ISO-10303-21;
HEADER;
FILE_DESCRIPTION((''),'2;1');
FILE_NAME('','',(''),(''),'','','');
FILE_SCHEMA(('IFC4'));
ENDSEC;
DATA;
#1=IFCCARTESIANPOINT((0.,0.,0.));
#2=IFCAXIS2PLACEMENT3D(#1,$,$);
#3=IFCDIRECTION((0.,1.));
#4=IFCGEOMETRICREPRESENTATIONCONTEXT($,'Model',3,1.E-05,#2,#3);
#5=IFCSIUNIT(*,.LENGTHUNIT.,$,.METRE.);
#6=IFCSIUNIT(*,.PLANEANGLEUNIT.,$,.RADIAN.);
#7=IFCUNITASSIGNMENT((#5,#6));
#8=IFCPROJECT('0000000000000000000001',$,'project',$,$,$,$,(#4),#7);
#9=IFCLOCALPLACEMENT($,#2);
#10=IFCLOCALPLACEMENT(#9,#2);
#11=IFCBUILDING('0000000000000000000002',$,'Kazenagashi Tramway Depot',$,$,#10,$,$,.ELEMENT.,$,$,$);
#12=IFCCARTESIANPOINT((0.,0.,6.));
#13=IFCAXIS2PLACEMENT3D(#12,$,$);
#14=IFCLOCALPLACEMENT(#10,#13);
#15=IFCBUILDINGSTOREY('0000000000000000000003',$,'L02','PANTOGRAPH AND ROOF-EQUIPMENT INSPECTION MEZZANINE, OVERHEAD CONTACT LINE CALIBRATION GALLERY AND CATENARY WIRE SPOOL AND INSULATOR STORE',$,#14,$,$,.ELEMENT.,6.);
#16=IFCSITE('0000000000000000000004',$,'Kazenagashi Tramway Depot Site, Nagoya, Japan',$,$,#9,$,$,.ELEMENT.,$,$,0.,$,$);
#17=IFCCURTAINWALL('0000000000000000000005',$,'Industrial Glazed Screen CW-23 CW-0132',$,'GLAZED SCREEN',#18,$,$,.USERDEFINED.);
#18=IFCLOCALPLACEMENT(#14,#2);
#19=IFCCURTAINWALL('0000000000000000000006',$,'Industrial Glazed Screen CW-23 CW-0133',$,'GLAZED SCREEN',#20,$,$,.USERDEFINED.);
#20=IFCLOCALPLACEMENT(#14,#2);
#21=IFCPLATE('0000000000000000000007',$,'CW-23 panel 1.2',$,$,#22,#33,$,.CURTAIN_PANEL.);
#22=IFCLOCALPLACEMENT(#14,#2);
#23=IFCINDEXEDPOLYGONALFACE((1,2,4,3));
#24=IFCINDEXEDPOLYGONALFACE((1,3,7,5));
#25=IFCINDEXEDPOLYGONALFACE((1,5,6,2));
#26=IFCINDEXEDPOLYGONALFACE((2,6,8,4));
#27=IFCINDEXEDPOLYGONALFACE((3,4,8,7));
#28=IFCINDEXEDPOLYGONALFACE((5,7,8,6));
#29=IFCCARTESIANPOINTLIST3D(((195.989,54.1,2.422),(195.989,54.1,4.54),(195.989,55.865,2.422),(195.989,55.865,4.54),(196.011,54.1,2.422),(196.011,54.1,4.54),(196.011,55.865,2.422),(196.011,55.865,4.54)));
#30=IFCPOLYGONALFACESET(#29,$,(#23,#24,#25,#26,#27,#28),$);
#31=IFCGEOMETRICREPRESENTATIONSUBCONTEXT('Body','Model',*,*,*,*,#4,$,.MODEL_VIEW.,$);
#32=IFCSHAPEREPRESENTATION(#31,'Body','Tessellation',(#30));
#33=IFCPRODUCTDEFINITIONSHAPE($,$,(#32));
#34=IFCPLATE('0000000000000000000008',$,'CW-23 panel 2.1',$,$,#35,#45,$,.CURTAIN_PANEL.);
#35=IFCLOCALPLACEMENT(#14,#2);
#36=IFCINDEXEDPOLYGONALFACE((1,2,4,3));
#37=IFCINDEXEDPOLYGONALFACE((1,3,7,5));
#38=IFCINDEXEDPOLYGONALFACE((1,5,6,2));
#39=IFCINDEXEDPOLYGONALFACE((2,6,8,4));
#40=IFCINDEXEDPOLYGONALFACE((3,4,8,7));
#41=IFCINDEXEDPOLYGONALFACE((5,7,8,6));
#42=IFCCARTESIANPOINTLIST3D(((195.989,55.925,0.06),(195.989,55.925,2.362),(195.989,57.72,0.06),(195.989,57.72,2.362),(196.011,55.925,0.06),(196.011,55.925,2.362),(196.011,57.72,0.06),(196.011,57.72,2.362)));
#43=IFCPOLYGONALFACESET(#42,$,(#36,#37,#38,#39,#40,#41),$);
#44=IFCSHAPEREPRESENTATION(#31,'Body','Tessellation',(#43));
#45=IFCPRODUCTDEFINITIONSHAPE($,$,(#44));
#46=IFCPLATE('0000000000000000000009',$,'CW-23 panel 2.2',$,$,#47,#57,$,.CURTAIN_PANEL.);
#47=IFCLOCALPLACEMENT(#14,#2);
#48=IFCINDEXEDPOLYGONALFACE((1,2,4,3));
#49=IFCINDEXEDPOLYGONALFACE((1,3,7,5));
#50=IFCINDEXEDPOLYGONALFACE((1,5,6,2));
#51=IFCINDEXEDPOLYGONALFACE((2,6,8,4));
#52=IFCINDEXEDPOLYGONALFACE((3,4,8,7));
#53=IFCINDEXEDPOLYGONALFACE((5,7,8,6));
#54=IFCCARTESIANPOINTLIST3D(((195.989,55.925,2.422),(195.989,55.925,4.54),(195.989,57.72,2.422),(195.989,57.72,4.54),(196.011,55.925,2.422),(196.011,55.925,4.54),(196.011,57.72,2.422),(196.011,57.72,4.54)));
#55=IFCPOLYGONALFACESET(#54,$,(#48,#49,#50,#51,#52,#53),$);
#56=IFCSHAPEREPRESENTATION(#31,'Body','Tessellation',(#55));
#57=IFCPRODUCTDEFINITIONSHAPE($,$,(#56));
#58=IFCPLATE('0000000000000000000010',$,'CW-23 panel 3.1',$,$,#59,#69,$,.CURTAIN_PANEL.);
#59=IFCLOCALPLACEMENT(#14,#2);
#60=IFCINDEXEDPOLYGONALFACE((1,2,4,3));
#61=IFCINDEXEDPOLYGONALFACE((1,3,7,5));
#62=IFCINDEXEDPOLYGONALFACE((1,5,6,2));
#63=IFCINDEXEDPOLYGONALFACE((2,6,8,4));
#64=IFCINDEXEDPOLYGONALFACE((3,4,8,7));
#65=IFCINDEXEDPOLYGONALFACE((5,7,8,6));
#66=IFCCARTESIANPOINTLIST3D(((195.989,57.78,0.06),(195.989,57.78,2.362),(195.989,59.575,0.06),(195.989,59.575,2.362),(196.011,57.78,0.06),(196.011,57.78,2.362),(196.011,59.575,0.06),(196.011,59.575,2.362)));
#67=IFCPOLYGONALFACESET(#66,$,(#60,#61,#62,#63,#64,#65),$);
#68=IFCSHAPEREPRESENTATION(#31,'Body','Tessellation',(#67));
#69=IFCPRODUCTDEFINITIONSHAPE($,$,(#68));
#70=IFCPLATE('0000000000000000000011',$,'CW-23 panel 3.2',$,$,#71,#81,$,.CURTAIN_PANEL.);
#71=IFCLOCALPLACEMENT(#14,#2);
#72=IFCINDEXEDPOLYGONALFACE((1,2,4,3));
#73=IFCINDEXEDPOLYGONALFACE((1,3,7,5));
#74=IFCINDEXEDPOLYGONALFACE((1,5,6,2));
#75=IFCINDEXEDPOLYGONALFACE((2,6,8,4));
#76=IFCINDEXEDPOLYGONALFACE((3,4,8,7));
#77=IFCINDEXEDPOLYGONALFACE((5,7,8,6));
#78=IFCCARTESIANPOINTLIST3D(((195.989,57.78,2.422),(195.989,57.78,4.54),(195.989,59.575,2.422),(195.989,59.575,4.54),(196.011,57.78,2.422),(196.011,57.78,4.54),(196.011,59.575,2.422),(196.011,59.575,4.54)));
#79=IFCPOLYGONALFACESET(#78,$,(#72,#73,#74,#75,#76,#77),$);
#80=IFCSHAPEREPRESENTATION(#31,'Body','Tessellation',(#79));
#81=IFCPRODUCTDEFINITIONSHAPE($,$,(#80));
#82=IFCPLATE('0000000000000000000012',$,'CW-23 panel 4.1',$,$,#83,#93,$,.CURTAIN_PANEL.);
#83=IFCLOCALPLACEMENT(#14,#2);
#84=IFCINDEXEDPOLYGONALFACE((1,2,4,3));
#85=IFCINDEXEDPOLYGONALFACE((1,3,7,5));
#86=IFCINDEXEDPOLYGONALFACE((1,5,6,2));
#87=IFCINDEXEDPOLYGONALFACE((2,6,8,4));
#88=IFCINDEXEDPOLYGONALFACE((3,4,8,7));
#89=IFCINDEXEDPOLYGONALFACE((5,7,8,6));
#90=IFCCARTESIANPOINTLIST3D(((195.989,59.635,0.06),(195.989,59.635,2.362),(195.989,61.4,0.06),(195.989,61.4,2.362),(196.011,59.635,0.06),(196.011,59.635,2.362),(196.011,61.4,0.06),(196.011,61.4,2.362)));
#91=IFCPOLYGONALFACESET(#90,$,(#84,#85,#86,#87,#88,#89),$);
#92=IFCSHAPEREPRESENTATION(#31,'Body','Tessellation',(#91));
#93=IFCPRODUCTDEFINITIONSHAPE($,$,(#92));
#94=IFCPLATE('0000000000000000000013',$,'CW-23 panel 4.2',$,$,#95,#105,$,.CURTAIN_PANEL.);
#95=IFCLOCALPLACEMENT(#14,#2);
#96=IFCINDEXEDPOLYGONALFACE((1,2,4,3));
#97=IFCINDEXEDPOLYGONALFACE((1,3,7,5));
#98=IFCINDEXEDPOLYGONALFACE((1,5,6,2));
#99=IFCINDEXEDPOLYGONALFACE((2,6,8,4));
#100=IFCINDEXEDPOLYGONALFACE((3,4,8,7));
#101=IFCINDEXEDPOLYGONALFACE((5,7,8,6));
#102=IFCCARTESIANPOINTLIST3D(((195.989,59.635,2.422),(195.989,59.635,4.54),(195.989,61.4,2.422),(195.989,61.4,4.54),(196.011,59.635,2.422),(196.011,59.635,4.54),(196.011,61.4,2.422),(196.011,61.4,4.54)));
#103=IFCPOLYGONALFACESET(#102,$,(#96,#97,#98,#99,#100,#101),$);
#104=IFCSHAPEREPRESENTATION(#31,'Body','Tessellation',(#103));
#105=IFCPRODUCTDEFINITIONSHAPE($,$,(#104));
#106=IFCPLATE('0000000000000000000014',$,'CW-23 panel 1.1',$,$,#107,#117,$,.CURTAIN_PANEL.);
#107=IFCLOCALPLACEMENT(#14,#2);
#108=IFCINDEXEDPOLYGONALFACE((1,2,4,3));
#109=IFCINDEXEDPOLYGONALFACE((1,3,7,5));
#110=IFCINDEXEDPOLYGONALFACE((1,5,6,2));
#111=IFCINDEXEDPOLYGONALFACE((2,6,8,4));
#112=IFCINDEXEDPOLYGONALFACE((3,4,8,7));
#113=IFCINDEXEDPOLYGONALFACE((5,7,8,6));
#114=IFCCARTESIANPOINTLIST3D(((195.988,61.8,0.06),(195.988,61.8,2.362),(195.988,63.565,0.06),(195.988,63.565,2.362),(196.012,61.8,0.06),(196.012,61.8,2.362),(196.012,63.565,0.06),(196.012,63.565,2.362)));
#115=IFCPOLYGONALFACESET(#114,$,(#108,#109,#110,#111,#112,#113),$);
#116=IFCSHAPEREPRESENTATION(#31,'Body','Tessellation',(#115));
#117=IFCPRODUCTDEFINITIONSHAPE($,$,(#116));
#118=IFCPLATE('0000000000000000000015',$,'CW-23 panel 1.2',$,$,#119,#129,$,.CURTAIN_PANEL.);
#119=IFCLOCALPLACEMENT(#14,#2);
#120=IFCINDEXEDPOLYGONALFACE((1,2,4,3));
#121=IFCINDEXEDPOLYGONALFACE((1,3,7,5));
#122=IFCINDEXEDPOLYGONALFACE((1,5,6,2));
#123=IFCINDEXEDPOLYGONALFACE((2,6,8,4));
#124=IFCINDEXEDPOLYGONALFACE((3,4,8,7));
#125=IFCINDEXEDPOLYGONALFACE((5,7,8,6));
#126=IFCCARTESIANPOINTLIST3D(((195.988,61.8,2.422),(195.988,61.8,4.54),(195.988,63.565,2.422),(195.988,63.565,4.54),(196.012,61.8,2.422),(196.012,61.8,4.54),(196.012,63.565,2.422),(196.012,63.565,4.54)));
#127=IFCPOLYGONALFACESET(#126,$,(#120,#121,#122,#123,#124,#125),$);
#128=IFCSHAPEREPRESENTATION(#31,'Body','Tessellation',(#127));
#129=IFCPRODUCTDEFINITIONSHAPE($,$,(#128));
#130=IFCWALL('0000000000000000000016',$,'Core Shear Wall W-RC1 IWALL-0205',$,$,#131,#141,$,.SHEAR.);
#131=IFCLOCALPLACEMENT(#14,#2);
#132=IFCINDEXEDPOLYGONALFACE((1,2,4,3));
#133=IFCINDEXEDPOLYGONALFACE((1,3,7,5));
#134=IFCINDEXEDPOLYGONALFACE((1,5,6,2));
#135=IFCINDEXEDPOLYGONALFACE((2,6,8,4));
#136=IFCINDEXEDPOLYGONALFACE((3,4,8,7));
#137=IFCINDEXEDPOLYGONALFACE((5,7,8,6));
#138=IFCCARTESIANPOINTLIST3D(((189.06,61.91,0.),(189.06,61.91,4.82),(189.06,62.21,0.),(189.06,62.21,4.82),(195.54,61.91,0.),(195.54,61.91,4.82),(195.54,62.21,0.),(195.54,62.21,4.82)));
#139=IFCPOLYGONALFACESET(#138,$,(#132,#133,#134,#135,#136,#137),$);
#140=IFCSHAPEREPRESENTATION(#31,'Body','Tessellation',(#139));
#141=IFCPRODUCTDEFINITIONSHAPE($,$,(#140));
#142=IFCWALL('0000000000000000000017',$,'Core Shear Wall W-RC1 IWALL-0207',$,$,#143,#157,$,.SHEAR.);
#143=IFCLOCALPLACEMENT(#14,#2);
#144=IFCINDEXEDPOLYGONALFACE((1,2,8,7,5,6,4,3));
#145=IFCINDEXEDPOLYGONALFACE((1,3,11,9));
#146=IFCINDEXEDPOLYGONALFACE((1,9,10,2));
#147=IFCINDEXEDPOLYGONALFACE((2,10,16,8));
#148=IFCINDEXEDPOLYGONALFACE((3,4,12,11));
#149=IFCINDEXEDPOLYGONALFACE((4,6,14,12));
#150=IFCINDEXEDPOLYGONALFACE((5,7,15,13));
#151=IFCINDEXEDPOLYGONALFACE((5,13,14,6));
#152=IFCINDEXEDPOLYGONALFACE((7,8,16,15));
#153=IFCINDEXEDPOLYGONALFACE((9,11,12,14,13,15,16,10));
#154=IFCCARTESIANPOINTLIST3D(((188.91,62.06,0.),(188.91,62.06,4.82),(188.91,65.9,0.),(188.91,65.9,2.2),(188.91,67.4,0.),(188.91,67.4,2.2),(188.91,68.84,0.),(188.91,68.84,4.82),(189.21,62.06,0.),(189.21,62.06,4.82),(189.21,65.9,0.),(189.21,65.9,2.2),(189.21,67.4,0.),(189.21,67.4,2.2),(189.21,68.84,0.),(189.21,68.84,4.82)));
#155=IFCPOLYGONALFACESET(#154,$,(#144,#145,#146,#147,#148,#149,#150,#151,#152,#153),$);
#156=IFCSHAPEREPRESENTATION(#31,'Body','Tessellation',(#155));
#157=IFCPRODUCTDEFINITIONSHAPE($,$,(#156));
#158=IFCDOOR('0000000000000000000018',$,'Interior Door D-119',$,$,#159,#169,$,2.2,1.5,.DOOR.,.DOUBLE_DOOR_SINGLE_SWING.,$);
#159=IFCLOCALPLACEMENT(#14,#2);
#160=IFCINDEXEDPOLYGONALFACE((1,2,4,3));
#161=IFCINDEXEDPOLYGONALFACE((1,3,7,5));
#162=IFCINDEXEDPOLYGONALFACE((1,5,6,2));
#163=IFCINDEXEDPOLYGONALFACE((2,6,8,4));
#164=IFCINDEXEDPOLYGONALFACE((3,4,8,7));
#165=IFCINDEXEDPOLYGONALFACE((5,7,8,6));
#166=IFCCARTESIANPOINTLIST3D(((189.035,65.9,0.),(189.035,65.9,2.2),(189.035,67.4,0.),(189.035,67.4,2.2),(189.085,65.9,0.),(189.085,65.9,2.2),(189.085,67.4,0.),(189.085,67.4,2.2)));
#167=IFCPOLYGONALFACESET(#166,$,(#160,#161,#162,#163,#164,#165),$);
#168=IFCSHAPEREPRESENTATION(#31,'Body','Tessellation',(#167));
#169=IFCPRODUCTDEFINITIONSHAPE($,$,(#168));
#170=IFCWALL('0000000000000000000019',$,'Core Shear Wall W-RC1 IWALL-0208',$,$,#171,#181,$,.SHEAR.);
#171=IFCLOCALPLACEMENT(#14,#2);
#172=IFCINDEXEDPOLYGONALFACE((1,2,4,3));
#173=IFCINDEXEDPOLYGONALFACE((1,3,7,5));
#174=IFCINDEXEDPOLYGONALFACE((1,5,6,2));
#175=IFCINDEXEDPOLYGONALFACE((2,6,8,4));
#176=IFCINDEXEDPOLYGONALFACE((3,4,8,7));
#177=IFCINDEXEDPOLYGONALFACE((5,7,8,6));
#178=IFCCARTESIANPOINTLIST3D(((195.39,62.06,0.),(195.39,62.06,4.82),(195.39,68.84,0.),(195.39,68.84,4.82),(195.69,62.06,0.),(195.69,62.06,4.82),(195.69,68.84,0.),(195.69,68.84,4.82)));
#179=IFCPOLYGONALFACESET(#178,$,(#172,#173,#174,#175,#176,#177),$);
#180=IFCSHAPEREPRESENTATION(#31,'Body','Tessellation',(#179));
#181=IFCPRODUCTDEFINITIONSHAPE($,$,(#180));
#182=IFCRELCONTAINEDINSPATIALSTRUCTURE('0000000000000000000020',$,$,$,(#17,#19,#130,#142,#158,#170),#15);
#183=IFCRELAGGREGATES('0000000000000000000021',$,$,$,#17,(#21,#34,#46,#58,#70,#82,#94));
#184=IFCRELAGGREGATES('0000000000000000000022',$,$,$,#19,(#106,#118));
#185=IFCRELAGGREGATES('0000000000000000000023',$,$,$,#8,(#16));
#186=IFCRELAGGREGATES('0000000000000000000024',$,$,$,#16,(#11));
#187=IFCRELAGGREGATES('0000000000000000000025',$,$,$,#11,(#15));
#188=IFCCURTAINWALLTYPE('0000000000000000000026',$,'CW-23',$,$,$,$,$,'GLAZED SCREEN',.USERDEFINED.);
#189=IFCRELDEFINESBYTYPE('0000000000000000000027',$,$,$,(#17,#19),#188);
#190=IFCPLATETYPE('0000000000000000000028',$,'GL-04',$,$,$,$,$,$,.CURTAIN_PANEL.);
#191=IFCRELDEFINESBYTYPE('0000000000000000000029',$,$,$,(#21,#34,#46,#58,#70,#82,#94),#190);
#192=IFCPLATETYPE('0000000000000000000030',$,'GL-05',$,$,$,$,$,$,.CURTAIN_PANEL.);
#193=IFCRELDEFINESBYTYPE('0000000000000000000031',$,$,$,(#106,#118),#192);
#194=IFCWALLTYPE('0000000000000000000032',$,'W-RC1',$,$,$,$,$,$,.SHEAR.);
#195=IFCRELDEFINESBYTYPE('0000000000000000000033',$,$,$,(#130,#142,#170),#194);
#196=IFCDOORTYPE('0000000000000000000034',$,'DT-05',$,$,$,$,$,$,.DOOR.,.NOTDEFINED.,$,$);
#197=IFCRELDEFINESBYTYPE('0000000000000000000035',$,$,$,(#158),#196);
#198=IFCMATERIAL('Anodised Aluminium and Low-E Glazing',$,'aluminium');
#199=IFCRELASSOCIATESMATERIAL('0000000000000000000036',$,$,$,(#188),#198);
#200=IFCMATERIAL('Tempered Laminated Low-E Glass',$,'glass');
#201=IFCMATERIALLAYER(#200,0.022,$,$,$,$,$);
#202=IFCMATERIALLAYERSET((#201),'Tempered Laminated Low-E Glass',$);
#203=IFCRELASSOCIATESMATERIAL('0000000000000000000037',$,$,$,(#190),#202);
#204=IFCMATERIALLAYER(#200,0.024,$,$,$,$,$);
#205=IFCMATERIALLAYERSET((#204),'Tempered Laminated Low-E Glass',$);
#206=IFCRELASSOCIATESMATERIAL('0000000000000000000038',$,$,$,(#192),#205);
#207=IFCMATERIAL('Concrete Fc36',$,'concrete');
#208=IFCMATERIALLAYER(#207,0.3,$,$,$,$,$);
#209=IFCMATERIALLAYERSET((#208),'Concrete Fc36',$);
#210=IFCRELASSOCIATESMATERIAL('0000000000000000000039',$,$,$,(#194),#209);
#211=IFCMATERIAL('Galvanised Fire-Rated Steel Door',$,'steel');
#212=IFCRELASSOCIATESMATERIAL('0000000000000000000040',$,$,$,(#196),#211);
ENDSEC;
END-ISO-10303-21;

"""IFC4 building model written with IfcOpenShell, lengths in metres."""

from ifc_helpers import new_model, si_unit, direction, frame, frame_2d, origin, origin_2d, place, context, subcontext, project, spatial, rectangle, extrude, material, layer, layer_set, type_object, element, fill, aggregate, save


model = new_model("IFC4")

# Units and contexts
model_context = context("Model", 3, precision=1e-05, world=origin(), true_north=direction((0.0, 1.0)))
body_context = subcontext(model_context, "Body", "Model", "MODEL_VIEW")
ifc_project = project(units=[si_unit("LENGTHUNIT", "METRE"), si_unit("PLANEANGLEUNIT", "RADIAN")], contexts=[model_context])

# Site, building, storey
site_placement = place(None, origin())
site = spatial("IfcSite", under=ifc_project, at=site_placement, Name="Kazenagashi Tramway Depot Site, Nagoya, Japan", CompositionType="ELEMENT", RefElevation=0.0)
building_placement = place(site_placement, origin())
building = spatial("IfcBuilding", under=site, at=building_placement, Name="Kazenagashi Tramway Depot", CompositionType="ELEMENT")
storey_placement = place(building_placement, frame((0.0, 0.0, 6.0)))
storey = spatial("IfcBuildingStorey", under=building, at=storey_placement, Name="L02", Description="PANTOGRAPH AND ROOF-EQUIPMENT INSPECTION MEZZANINE, OVERHEAD CONTACT LINE CALIBRATION GALLERY AND CATENARY WIRE SPOOL AND INSULATOR STORE", CompositionType="ELEMENT", Elevation=6.0)

# Curtain wall
ifc_material_1 = material(Name="Anodised Aluminium and Low-E Glazing", Category="aluminium")
curtain_wall_type = type_object("IfcCurtainWallType", Name="CW-23", ElementType="GLAZED SCREEN", PredefinedType="USERDEFINED", material=ifc_material_1)
curtain_wall_1_placement = place(storey_placement, origin())
curtain_wall_1 = element("IfcCurtainWall", 1, at=curtain_wall_1_placement, inside=storey, type_object=curtain_wall_type, Name="Industrial Glazed Screen CW-23 CW-0132", ObjectType="GLAZED SCREEN", PredefinedType="USERDEFINED")

# Curtain wall
curtain_wall_2_placement = place(storey_placement, origin())
curtain_wall_2 = element("IfcCurtainWall", 2, at=curtain_wall_2_placement, inside=storey, type_object=curtain_wall_type, Name="Industrial Glazed Screen CW-23 CW-0133", ObjectType="GLAZED SCREEN", PredefinedType="USERDEFINED")

# Plates
ifc_material_2 = material(Name="Tempered Laminated Low-E Glass", Category="glass")
ifc_layer_1 = layer(ifc_material_2, 0.022)
ifc_layer_set_1 = layer_set([ifc_layer_1], Name="Tempered Laminated Low-E Glass")
plate_type_1 = type_object("IfcPlateType", Name="GL-04", PredefinedType="CURTAIN_PANEL", material=ifc_layer_set_1)
plate_1_placement = place(storey_placement, frame((196.0, 54.9825, 2.422), z_axis=(0.0, 0.0, 1.0), x_axis=(0.0, 1.0, 0.0)))
plate_1 = element("IfcPlate", 3, at=plate_1_placement, type_object=plate_type_1, Name="CW-23 panel 1.2", PredefinedType="CURTAIN_PANEL", context=body_context, shape_type="SweptSolid", body=[
    extrude(rectangle(XDim=1.765, YDim=0.022, at=origin_2d()), origin(), (0.0, 0.0, 1.0), 2.118),
])
plate_2_placement = place(storey_placement, frame((196.0, 56.8225, 0.06), z_axis=(0.0, 0.0, 1.0), x_axis=(0.0, 1.0, 0.0)))
plate_2 = element("IfcPlate", 4, at=plate_2_placement, type_object=plate_type_1, Name="CW-23 panel 2.1", PredefinedType="CURTAIN_PANEL", context=body_context, shape_type="SweptSolid", body=[
    extrude(rectangle(XDim=1.795, YDim=0.022, at=origin_2d()), origin(), (0.0, 0.0, 1.0), 2.302),
])
plate_3_placement = place(storey_placement, frame((196.0, 56.8225, 2.422), z_axis=(0.0, 0.0, 1.0), x_axis=(0.0, 1.0, 0.0)))
plate_3 = element("IfcPlate", 5, at=plate_3_placement, type_object=plate_type_1, Name="CW-23 panel 2.2", PredefinedType="CURTAIN_PANEL", context=body_context, shape_type="SweptSolid", body=[
    extrude(rectangle(XDim=1.795, YDim=0.022, at=origin_2d()), origin(), (0.0, 0.0, 1.0), 2.118),
])
plate_4_placement = place(storey_placement, frame((196.0, 58.6775, 0.06), z_axis=(0.0, 0.0, 1.0), x_axis=(0.0, 1.0, 0.0)))
plate_4 = element("IfcPlate", 6, at=plate_4_placement, type_object=plate_type_1, Name="CW-23 panel 3.1", PredefinedType="CURTAIN_PANEL", context=body_context, shape_type="SweptSolid", body=[
    extrude(rectangle(XDim=1.795, YDim=0.022, at=origin_2d()), origin(), (0.0, 0.0, 1.0), 2.302),
])
plate_5_placement = place(storey_placement, frame((196.0, 58.6775, 2.422), z_axis=(0.0, 0.0, 1.0), x_axis=(0.0, 1.0, 0.0)))
plate_5 = element("IfcPlate", 7, at=plate_5_placement, type_object=plate_type_1, Name="CW-23 panel 3.2", PredefinedType="CURTAIN_PANEL", context=body_context, shape_type="SweptSolid", body=[
    extrude(rectangle(XDim=1.795, YDim=0.022, at=origin_2d()), origin(), (0.0, 0.0, 1.0), 2.118),
])
plate_6_placement = place(storey_placement, frame((196.0, 60.5175, 0.06), z_axis=(0.0, 0.0, 1.0), x_axis=(0.0, 1.0, 0.0)))
plate_6 = element("IfcPlate", 8, at=plate_6_placement, type_object=plate_type_1, Name="CW-23 panel 4.1", PredefinedType="CURTAIN_PANEL", context=body_context, shape_type="SweptSolid", body=[
    extrude(rectangle(XDim=1.765, YDim=0.022, at=origin_2d()), origin(), (0.0, 0.0, 1.0), 2.302),
])
plate_7_placement = place(storey_placement, frame((196.0, 60.5175, 2.422), z_axis=(0.0, 0.0, 1.0), x_axis=(0.0, 1.0, 0.0)))
plate_7 = element("IfcPlate", 9, at=plate_7_placement, type_object=plate_type_1, Name="CW-23 panel 4.2", PredefinedType="CURTAIN_PANEL", context=body_context, shape_type="SweptSolid", body=[
    extrude(rectangle(XDim=1.765, YDim=0.022, at=origin_2d()), origin(), (0.0, 0.0, 1.0), 2.118),
])
aggregate(curtain_wall_1, [plate_1, plate_2, plate_3, plate_4, plate_5, plate_6, plate_7])
ifc_layer_2 = layer(ifc_material_2, 0.024)
ifc_layer_set_2 = layer_set([ifc_layer_2], Name="Tempered Laminated Low-E Glass")
plate_type_2 = type_object("IfcPlateType", Name="GL-05", PredefinedType="CURTAIN_PANEL", material=ifc_layer_set_2)
plate_8_placement = place(storey_placement, frame((196.0, 62.6825, 0.06), z_axis=(0.0, 0.0, 1.0), x_axis=(0.0, 1.0, 0.0)))
plate_8 = element("IfcPlate", 10, at=plate_8_placement, type_object=plate_type_2, Name="CW-23 panel 1.1", PredefinedType="CURTAIN_PANEL", context=body_context, shape_type="SweptSolid", body=[
    extrude(rectangle(XDim=1.765, YDim=0.024, at=origin_2d()), origin(), (0.0, 0.0, 1.0), 2.302),
])
plate_9_placement = place(storey_placement, frame((196.0, 62.6825, 2.422), z_axis=(0.0, 0.0, 1.0), x_axis=(0.0, 1.0, 0.0)))
plate_9 = element("IfcPlate", 11, at=plate_9_placement, type_object=plate_type_2, Name="CW-23 panel 1.2", PredefinedType="CURTAIN_PANEL", context=body_context, shape_type="SweptSolid", body=[
    extrude(rectangle(XDim=1.765, YDim=0.024, at=origin_2d()), origin(), (0.0, 0.0, 1.0), 2.118),
])
aggregate(curtain_wall_2, [plate_8, plate_9])

# Wall
ifc_material_3 = material(Name="Concrete Fc36", Category="concrete")
ifc_layer_3 = layer(ifc_material_3, 0.3)
ifc_layer_set_3 = layer_set([ifc_layer_3], Name="Concrete Fc36")
wall_type = type_object("IfcWallType", Name="W-RC1", PredefinedType="SHEAR", material=ifc_layer_set_3)
wall_1_placement = place(storey_placement, frame((189.06, 62.06, 0.0), z_axis=(0.0, 0.0, 1.0), x_axis=(1.0, 0.0, 0.0)))
element("IfcWall", 12, at=wall_1_placement, inside=storey, type_object=wall_type, Name="Core Shear Wall W-RC1 IWALL-0205", PredefinedType="SHEAR", context=body_context, shape_type="SweptSolid", body=[
    extrude(rectangle(XDim=6.48, YDim=0.3, at=frame_2d((3.24, 0.0))), origin(), (0.0, 0.0, 1.0), 4.82),
])

# Wall, opening, door
wall_2_placement = place(storey_placement, frame((189.06, 62.06, 0.0), z_axis=(0.0, 0.0, 1.0), x_axis=(0.0, 1.0, 0.0)))
wall_2 = element("IfcWall", 13, at=wall_2_placement, inside=storey, type_object=wall_type, Name="Core Shear Wall W-RC1 IWALL-0207", PredefinedType="SHEAR", context=body_context, shape_type="SweptSolid", body=[
    extrude(rectangle(XDim=6.78, YDim=0.3, at=frame_2d((3.39, 0.0))), origin(), (0.0, 0.0, 1.0), 4.82),
])
opening_placement = place(wall_2_placement, frame((3.84, 0.0, 0.0)))
opening = element("IfcOpeningElement", 14, at=opening_placement, cuts=wall_2, PredefinedType="OPENING", context=body_context, shape_type="SweptSolid", body=[
    extrude(rectangle(XDim=1.5, YDim=2.2, at=frame_2d((0.75, 1.1))), frame((0.0, 0.16, 0.0), z_axis=(0.0, -1.0, 0.0), x_axis=(1.0, 0.0, 0.0)), (0.0, 0.0, 1.0), 0.32),
])
ifc_material_4 = material(Name="Galvanised Fire-Rated Steel Door", Category="steel")
door_type = type_object("IfcDoorType", Name="DT-05", OperationType="NOTDEFINED", PredefinedType="DOOR", material=ifc_material_4)
door_placement = place(opening_placement, origin())
door = element("IfcDoor", 15, at=door_placement, inside=storey, type_object=door_type, Name="Interior Door D-119", OperationType="DOUBLE_DOOR_SINGLE_SWING", OverallHeight=2.2, OverallWidth=1.5, PredefinedType="DOOR", context=body_context, shape_type="SweptSolid", body=[
    extrude(rectangle(XDim=1.5, YDim=2.2, at=frame_2d((0.75, 1.1))), frame((0.0, 0.025, 0.0), z_axis=(0.0, -1.0, 0.0), x_axis=(1.0, 0.0, 0.0)), (0.0, 0.0, 1.0), 0.05),
])
fill(opening, door)

# Wall
wall_3_placement = place(storey_placement, frame((195.54, 62.06, 0.0), z_axis=(0.0, 0.0, 1.0), x_axis=(0.0, 1.0, 0.0)))
element("IfcWall", 16, at=wall_3_placement, inside=storey, type_object=wall_type, Name="Core Shear Wall W-RC1 IWALL-0208", PredefinedType="SHEAR", context=body_context, shape_type="SweptSolid", body=[
    extrude(rectangle(XDim=6.78, YDim=0.3, at=frame_2d((3.39, 0.0))), origin(), (0.0, 0.0, 1.0), 4.82),
])

save(model, "model.ifc")
